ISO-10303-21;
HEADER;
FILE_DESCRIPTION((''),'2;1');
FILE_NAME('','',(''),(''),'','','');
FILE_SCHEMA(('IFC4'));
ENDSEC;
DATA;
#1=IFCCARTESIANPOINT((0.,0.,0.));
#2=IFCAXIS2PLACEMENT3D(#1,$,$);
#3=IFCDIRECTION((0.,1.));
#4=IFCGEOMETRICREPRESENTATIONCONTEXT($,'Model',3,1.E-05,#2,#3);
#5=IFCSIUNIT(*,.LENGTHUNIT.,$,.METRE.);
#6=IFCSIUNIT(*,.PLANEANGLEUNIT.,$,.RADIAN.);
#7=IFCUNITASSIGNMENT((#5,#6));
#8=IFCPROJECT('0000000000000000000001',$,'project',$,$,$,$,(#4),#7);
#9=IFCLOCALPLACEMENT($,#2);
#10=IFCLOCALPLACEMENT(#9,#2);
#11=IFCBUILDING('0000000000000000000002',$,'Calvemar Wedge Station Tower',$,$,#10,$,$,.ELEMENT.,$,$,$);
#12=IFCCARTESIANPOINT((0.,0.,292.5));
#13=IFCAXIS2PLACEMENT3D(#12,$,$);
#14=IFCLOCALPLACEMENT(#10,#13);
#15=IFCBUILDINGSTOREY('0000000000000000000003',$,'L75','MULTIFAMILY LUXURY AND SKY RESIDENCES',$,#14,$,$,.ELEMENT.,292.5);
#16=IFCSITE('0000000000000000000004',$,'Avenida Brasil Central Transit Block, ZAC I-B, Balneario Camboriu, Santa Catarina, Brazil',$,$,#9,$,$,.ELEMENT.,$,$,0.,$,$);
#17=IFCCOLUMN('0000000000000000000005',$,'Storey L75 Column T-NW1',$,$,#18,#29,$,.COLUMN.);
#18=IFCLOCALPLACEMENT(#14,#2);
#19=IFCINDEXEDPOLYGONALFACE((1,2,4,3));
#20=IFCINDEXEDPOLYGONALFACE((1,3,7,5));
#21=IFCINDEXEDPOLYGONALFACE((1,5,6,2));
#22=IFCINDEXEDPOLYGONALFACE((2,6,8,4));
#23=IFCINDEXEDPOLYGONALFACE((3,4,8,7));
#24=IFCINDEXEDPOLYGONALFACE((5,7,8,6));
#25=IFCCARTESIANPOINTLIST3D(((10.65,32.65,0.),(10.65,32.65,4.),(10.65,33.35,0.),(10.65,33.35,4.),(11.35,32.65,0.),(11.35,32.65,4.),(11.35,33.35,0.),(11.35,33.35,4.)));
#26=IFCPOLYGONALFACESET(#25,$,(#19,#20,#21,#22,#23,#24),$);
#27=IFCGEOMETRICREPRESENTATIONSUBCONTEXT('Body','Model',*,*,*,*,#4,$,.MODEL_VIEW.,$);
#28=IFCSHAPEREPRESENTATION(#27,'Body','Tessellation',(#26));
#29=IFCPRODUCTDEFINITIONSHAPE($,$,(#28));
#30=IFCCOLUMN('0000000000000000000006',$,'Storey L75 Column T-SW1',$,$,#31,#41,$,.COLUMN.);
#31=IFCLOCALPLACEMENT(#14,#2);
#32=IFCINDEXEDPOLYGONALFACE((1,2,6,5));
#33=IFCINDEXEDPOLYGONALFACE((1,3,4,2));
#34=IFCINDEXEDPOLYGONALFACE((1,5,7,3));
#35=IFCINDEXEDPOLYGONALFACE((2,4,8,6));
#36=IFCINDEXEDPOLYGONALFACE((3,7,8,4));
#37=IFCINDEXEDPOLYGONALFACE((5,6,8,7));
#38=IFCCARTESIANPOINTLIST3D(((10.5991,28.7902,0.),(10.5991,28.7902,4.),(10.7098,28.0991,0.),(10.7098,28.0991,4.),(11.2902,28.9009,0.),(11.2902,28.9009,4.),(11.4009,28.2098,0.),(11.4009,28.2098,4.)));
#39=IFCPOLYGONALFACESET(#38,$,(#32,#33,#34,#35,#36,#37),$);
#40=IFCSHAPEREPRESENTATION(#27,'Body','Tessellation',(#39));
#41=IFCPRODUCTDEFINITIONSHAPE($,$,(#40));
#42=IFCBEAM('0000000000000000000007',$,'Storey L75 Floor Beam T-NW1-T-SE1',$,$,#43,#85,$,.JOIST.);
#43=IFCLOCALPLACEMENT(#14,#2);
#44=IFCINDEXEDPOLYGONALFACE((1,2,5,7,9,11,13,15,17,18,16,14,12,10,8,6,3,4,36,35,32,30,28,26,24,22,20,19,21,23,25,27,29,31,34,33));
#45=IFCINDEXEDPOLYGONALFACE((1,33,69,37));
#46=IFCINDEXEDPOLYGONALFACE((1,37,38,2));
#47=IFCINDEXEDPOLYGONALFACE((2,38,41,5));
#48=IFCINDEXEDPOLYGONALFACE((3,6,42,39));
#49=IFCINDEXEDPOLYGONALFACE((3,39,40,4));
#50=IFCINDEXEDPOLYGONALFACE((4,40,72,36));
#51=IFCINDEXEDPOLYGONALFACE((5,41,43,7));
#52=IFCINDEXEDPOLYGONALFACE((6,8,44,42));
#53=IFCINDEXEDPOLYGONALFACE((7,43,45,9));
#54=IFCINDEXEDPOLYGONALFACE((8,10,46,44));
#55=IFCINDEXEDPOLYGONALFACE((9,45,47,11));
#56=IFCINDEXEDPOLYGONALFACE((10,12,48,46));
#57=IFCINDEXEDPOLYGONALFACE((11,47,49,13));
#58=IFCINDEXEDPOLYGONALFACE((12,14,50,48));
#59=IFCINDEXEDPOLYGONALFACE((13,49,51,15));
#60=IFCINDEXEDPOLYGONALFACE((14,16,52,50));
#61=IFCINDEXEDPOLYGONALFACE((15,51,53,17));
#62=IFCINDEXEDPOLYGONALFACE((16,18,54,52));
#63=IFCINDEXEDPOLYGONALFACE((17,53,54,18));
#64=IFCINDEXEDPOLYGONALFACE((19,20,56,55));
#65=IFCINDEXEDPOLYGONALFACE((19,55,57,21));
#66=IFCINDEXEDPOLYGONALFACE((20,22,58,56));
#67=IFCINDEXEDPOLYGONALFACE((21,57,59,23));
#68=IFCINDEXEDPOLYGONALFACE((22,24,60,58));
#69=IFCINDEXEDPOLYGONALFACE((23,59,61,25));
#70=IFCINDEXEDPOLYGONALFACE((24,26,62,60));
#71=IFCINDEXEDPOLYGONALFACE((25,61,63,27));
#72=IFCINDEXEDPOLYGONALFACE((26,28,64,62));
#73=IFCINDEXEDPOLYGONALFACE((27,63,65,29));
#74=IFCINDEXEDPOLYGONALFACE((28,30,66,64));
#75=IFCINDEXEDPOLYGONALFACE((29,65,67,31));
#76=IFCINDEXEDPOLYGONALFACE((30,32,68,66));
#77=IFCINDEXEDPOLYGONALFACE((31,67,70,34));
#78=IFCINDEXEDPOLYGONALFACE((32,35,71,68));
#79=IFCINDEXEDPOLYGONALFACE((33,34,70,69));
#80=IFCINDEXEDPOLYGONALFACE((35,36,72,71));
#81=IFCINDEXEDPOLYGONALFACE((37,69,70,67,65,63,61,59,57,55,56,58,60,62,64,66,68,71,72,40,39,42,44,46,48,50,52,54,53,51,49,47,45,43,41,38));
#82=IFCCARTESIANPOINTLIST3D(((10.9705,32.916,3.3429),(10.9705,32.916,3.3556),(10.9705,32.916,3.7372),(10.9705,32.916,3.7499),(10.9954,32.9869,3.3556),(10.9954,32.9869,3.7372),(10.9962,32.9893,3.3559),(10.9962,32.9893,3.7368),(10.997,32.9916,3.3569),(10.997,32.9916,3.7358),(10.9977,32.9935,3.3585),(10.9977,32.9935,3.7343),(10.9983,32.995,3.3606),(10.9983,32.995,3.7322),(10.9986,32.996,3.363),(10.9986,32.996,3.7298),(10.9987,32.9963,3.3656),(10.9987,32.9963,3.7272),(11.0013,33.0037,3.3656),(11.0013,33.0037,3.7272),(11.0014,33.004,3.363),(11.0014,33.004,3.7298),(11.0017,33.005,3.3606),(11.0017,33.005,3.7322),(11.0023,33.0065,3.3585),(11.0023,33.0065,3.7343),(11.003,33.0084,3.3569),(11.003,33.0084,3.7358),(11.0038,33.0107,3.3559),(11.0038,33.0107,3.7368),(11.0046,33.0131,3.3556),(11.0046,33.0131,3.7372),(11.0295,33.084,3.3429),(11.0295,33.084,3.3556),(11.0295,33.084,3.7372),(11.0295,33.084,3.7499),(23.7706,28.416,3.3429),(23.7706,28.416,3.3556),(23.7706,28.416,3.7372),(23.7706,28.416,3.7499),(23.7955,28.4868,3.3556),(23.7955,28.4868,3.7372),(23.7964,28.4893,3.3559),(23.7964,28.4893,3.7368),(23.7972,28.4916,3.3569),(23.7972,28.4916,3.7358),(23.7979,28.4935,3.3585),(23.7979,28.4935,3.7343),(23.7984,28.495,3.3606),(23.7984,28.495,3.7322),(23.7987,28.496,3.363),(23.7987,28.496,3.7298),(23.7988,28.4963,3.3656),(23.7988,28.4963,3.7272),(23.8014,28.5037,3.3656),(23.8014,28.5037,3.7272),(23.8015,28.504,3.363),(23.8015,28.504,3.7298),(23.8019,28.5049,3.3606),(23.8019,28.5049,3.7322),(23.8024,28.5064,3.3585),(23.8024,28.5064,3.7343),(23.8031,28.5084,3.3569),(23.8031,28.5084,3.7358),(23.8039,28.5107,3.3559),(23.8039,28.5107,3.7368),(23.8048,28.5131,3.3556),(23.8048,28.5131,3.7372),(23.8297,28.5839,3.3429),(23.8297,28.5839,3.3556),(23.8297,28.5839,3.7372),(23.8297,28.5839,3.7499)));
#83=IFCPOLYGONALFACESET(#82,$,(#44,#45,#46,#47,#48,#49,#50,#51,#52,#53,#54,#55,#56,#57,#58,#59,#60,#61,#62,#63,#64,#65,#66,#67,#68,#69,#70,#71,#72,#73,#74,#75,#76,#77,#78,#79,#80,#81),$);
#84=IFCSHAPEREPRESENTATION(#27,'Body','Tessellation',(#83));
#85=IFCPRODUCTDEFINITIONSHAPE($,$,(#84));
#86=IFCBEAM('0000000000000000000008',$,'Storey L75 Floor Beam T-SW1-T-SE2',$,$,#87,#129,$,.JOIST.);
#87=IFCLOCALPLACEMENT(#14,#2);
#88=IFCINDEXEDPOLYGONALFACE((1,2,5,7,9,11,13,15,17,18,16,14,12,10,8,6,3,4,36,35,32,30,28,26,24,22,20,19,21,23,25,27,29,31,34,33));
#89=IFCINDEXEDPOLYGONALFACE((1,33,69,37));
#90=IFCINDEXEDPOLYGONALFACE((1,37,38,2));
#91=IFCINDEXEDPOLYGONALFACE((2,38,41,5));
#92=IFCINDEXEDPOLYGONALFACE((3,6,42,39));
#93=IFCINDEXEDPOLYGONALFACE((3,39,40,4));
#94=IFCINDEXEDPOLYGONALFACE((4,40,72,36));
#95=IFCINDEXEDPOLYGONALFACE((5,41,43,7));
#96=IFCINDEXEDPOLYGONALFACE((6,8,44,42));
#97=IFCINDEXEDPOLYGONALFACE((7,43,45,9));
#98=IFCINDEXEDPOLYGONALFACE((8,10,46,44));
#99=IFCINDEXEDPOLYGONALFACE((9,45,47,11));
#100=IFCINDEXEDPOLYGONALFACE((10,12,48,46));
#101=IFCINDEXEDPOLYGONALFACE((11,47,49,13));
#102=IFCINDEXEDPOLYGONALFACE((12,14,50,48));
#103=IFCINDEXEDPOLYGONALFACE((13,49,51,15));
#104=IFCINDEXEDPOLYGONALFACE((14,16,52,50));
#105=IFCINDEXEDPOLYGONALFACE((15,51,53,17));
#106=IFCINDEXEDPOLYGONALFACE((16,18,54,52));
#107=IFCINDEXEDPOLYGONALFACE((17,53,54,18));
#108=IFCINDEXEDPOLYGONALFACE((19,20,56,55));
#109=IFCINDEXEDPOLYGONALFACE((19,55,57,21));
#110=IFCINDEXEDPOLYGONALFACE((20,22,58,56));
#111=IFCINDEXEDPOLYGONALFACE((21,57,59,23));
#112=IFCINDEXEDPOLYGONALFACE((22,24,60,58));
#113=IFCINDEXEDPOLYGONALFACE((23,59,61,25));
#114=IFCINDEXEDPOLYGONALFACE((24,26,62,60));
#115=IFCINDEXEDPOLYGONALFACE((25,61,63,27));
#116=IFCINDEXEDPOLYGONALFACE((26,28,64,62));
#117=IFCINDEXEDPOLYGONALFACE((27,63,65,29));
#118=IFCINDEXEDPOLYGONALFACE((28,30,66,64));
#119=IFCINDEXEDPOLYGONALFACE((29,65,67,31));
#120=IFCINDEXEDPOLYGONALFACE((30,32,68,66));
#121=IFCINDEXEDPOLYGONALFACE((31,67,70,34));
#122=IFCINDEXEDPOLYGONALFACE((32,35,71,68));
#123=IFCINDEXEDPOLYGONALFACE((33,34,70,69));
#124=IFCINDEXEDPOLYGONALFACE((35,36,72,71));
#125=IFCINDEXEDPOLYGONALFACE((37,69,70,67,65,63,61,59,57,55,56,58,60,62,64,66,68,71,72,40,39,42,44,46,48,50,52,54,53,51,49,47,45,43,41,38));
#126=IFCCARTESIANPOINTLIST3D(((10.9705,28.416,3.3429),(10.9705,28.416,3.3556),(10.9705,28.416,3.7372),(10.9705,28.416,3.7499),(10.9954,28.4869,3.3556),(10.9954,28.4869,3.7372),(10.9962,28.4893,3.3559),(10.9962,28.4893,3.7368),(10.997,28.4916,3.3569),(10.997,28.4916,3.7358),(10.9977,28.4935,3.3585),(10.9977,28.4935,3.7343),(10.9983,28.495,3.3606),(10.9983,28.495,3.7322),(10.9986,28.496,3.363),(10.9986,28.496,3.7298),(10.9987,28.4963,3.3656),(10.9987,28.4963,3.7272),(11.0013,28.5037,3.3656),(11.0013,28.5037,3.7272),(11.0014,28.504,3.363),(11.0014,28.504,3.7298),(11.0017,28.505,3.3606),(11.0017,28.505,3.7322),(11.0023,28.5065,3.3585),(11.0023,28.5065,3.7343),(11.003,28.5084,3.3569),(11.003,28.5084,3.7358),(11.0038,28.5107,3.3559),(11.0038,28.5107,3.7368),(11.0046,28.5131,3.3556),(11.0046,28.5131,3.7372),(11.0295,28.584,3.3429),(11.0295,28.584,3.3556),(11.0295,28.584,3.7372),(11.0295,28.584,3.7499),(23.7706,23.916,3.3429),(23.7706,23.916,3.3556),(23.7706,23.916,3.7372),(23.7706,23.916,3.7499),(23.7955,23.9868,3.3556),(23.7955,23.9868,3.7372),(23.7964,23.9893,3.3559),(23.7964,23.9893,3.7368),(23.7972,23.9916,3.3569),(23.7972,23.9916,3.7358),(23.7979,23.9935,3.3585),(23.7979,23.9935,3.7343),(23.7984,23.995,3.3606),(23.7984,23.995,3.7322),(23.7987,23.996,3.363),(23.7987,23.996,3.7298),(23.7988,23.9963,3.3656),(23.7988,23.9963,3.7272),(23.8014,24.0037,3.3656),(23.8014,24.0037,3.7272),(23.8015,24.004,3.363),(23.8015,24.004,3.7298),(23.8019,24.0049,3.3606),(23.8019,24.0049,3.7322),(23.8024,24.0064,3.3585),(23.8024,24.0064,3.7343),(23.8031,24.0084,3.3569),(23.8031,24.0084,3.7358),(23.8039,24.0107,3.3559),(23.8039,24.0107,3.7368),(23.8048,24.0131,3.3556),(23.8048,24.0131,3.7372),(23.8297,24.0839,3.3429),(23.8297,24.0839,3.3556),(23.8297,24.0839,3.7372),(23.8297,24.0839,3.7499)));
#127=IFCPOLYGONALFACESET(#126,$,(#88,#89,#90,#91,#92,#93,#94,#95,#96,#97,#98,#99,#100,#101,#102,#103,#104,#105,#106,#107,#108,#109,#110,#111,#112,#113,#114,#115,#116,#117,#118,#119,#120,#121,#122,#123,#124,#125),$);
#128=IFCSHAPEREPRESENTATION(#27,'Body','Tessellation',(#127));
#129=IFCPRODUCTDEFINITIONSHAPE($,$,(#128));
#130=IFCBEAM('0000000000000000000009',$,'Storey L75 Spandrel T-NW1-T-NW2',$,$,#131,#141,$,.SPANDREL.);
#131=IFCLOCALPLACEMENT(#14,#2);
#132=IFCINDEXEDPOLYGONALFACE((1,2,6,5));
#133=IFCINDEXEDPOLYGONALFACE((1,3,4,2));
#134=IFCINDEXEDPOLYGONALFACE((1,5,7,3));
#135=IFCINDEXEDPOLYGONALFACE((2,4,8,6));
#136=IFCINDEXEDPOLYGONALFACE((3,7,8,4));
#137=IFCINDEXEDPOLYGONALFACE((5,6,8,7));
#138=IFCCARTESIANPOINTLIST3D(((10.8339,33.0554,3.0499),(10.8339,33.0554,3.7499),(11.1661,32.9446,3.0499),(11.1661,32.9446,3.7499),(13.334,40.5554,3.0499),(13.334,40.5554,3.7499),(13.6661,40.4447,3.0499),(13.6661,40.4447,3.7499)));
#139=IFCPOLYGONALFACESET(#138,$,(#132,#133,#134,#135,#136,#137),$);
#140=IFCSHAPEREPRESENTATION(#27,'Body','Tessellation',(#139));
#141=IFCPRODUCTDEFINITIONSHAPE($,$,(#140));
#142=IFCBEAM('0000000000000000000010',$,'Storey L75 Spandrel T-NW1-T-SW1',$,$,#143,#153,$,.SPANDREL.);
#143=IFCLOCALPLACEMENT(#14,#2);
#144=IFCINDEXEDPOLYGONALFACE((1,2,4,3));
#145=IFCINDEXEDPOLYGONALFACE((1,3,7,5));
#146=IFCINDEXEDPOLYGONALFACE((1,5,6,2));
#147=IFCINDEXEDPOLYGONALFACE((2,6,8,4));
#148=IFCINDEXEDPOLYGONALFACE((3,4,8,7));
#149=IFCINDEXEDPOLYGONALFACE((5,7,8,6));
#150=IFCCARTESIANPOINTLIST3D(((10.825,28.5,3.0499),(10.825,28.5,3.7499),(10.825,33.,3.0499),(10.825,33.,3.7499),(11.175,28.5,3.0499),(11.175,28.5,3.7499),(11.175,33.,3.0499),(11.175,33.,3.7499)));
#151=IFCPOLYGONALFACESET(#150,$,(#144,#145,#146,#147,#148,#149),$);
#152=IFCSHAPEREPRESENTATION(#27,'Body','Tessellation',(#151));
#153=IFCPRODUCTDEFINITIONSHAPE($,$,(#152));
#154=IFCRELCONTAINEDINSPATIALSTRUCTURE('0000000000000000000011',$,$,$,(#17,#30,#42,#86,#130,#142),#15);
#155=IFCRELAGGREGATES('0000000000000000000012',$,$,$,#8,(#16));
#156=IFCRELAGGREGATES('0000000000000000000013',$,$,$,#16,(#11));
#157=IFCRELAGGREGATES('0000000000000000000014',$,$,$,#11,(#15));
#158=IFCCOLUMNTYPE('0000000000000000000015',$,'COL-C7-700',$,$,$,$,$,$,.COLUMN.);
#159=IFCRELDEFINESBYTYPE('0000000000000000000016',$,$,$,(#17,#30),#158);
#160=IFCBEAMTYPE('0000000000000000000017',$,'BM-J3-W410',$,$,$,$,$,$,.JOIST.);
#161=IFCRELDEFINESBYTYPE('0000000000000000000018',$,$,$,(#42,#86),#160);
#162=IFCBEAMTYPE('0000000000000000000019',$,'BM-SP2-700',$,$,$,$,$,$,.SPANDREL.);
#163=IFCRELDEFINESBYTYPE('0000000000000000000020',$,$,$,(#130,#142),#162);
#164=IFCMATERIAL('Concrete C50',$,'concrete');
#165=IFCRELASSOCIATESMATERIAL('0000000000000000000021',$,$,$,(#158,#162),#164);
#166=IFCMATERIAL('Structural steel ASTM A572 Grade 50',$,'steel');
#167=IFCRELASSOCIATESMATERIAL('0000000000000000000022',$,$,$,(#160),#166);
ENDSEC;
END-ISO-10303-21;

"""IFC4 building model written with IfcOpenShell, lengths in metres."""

from ifc_helpers import new_model, si_unit, direction, frame, origin, origin_2d, place, context, subcontext, project, spatial, rectangle, i_section, extrude, source, transform, mapped, material, material_profile, profile_set, type_object, element, save


model = new_model("IFC4")

# Units and contexts
model_context = context("Model", 3, precision=1e-05, world=origin(), true_north=direction((0.0, 1.0)))
body_context = subcontext(model_context, "Body", "Model", "MODEL_VIEW")
ifc_project = project(units=[si_unit("LENGTHUNIT", "METRE"), si_unit("PLANEANGLEUNIT", "RADIAN")], contexts=[model_context])

# Site, building, storey
site_placement = place(None, origin())
site = spatial("IfcSite", under=ifc_project, at=site_placement, Name="Avenida Brasil Central Transit Block, ZAC I-B, Balneario Camboriu, Santa Catarina, Brazil", CompositionType="ELEMENT", RefElevation=0.0)
building_placement = place(site_placement, origin())
building = spatial("IfcBuilding", under=site, at=building_placement, Name="Calvemar Wedge Station Tower", CompositionType="ELEMENT")
storey_placement = place(building_placement, frame((0.0, 0.0, 292.5)))
storey = spatial("IfcBuildingStorey", under=building, at=storey_placement, Name="L75", Description="MULTIFAMILY LUXURY AND SKY RESIDENCES", CompositionType="ELEMENT", Elevation=292.5)

# Columns
ifc_material_1 = material(Name="Concrete C50", Category="concrete")
ifc_material_profile_1 = material_profile(ifc_material_1, rectangle(XDim=0.7, YDim=0.7, at=origin_2d()), Name="RC700x700")
ifc_profile_set_1 = profile_set([ifc_material_profile_1], Name="Concrete C50")
column_type = type_object("IfcColumnType", Name="COL-C7-700", PredefinedType="COLUMN", material=ifc_profile_set_1)
shared_shape_1 = source(origin(), body_context, "Body", "SweptSolid", [
    extrude(rectangle(XDim=0.7, YDim=0.7, at=origin_2d()), origin(), (0.0, 0.0, 1.0), 4.0),
])
for number, where, z_axis, x_axis, name in (
    (1, (11.0, 33.0, 0.0), (0.0, 0.0, 1.0), (1.0, 0.0, 0.0), "Storey L75 Column T-NW1"),
    (2, (11.0, 28.5, 0.0), (0.0, 0.0, 1.0), (0.158158, -0.987414, 0.0), "Storey L75 Column T-SW1"),
):
    element("IfcColumn", number, at=place(storey_placement, frame(where, z_axis=z_axis, x_axis=x_axis)), inside=storey, type_object=column_type, Name=name, PredefinedType="COLUMN", context=body_context, shape_type="MappedRepresentation", body=[
        mapped(shared_shape_1, transform((0.0, 0.0, 0.0), scale=1.0)),
    ])

# Beams
ifc_material_2 = material(Name="Structural steel ASTM A572 Grade 50", Category="steel")
ifc_material_profile_2 = material_profile(ifc_material_2, i_section(OverallWidth=0.178, OverallDepth=0.407, WebThickness=0.0078, FlangeThickness=0.0127, FilletRadius=0.01, at=origin_2d()), Name="W410x60")
ifc_profile_set_2 = profile_set([ifc_material_profile_2], Name="Structural steel ASTM A572 Grade 50")
beam_type_1 = type_object("IfcBeamType", Name="BM-J3-W410", PredefinedType="JOIST", material=ifc_profile_set_2)
shared_shape_2 = source(origin(), body_context, "Body", "SweptSolid", [
    extrude(i_section(OverallWidth=0.178, OverallDepth=0.407, WebThickness=0.0078, FlangeThickness=0.0127, FilletRadius=0.01, at=origin_2d()), origin(), (0.0, 0.0, 1.0), 13.5681),
])
for number, where, z_axis, x_axis, name in (
    (3, (11.0, 33.0, 3.5464), (0.943398, -0.331662, 0.0), (0.331662, 0.943398, 0.0), "Storey L75 Floor Beam T-NW1-T-SE1"),
    (4, (11.0, 28.5, 3.5464), (0.943398, -0.331662, 0.0), (0.331662, 0.943398, 0.0), "Storey L75 Floor Beam T-SW1-T-SE2"),
):
    element("IfcBeam", number, at=place(storey_placement, frame(where, z_axis=z_axis, x_axis=x_axis)), inside=storey, type_object=beam_type_1, Name=name, PredefinedType="JOIST", context=body_context, shape_type="MappedRepresentation", body=[
        mapped(shared_shape_2, transform((0.0, 0.0, 0.0), scale=1.0)),
    ])
ifc_material_profile_3 = material_profile(ifc_material_1, rectangle(XDim=0.3501, YDim=0.7, at=origin_2d()), Name="RC350x700")
ifc_profile_set_3 = profile_set([ifc_material_profile_3], Name="Concrete C50")
beam_type_2 = type_object("IfcBeamType", Name="BM-SP2-700", PredefinedType="SPANDREL", material=ifc_profile_set_3)
shared_shape_3 = source(origin(), body_context, "Body", "SweptSolid", [
    extrude(rectangle(XDim=0.3501, YDim=0.7, at=origin_2d()), origin(), (0.0, 0.0, 1.0), 7.9058),
])
beam_1_placement = place(storey_placement, frame((11.0, 33.0, 3.3999), z_axis=(0.316228, 0.948683, 0.0), x_axis=(-0.948683, 0.316228, 0.0)))
element("IfcBeam", 5, at=beam_1_placement, inside=storey, type_object=beam_type_2, Name="Storey L75 Spandrel T-NW1-T-NW2", PredefinedType="SPANDREL", context=body_context, shape_type="MappedRepresentation", body=[
    mapped(shared_shape_3, transform((0.0, 0.0, 0.0), scale=1.0)),
])
shared_shape_4 = source(origin(), body_context, "Body", "SweptSolid", [
    extrude(rectangle(XDim=0.3501, YDim=0.7, at=origin_2d()), origin(), (0.0, 0.0, 1.0), 4.5),
])
beam_2_placement = place(storey_placement, frame((11.0, 33.0, 3.3999), z_axis=(0.0, -1.0, 0.0), x_axis=(1.0, 0.0, 0.0)))
element("IfcBeam", 6, at=beam_2_placement, inside=storey, type_object=beam_type_2, Name="Storey L75 Spandrel T-NW1-T-SW1", PredefinedType="SPANDREL", context=body_context, shape_type="MappedRepresentation", body=[
    mapped(shared_shape_4, transform((0.0, 0.0, 0.0), scale=1.0)),
])

save(model, "model.ifc")
